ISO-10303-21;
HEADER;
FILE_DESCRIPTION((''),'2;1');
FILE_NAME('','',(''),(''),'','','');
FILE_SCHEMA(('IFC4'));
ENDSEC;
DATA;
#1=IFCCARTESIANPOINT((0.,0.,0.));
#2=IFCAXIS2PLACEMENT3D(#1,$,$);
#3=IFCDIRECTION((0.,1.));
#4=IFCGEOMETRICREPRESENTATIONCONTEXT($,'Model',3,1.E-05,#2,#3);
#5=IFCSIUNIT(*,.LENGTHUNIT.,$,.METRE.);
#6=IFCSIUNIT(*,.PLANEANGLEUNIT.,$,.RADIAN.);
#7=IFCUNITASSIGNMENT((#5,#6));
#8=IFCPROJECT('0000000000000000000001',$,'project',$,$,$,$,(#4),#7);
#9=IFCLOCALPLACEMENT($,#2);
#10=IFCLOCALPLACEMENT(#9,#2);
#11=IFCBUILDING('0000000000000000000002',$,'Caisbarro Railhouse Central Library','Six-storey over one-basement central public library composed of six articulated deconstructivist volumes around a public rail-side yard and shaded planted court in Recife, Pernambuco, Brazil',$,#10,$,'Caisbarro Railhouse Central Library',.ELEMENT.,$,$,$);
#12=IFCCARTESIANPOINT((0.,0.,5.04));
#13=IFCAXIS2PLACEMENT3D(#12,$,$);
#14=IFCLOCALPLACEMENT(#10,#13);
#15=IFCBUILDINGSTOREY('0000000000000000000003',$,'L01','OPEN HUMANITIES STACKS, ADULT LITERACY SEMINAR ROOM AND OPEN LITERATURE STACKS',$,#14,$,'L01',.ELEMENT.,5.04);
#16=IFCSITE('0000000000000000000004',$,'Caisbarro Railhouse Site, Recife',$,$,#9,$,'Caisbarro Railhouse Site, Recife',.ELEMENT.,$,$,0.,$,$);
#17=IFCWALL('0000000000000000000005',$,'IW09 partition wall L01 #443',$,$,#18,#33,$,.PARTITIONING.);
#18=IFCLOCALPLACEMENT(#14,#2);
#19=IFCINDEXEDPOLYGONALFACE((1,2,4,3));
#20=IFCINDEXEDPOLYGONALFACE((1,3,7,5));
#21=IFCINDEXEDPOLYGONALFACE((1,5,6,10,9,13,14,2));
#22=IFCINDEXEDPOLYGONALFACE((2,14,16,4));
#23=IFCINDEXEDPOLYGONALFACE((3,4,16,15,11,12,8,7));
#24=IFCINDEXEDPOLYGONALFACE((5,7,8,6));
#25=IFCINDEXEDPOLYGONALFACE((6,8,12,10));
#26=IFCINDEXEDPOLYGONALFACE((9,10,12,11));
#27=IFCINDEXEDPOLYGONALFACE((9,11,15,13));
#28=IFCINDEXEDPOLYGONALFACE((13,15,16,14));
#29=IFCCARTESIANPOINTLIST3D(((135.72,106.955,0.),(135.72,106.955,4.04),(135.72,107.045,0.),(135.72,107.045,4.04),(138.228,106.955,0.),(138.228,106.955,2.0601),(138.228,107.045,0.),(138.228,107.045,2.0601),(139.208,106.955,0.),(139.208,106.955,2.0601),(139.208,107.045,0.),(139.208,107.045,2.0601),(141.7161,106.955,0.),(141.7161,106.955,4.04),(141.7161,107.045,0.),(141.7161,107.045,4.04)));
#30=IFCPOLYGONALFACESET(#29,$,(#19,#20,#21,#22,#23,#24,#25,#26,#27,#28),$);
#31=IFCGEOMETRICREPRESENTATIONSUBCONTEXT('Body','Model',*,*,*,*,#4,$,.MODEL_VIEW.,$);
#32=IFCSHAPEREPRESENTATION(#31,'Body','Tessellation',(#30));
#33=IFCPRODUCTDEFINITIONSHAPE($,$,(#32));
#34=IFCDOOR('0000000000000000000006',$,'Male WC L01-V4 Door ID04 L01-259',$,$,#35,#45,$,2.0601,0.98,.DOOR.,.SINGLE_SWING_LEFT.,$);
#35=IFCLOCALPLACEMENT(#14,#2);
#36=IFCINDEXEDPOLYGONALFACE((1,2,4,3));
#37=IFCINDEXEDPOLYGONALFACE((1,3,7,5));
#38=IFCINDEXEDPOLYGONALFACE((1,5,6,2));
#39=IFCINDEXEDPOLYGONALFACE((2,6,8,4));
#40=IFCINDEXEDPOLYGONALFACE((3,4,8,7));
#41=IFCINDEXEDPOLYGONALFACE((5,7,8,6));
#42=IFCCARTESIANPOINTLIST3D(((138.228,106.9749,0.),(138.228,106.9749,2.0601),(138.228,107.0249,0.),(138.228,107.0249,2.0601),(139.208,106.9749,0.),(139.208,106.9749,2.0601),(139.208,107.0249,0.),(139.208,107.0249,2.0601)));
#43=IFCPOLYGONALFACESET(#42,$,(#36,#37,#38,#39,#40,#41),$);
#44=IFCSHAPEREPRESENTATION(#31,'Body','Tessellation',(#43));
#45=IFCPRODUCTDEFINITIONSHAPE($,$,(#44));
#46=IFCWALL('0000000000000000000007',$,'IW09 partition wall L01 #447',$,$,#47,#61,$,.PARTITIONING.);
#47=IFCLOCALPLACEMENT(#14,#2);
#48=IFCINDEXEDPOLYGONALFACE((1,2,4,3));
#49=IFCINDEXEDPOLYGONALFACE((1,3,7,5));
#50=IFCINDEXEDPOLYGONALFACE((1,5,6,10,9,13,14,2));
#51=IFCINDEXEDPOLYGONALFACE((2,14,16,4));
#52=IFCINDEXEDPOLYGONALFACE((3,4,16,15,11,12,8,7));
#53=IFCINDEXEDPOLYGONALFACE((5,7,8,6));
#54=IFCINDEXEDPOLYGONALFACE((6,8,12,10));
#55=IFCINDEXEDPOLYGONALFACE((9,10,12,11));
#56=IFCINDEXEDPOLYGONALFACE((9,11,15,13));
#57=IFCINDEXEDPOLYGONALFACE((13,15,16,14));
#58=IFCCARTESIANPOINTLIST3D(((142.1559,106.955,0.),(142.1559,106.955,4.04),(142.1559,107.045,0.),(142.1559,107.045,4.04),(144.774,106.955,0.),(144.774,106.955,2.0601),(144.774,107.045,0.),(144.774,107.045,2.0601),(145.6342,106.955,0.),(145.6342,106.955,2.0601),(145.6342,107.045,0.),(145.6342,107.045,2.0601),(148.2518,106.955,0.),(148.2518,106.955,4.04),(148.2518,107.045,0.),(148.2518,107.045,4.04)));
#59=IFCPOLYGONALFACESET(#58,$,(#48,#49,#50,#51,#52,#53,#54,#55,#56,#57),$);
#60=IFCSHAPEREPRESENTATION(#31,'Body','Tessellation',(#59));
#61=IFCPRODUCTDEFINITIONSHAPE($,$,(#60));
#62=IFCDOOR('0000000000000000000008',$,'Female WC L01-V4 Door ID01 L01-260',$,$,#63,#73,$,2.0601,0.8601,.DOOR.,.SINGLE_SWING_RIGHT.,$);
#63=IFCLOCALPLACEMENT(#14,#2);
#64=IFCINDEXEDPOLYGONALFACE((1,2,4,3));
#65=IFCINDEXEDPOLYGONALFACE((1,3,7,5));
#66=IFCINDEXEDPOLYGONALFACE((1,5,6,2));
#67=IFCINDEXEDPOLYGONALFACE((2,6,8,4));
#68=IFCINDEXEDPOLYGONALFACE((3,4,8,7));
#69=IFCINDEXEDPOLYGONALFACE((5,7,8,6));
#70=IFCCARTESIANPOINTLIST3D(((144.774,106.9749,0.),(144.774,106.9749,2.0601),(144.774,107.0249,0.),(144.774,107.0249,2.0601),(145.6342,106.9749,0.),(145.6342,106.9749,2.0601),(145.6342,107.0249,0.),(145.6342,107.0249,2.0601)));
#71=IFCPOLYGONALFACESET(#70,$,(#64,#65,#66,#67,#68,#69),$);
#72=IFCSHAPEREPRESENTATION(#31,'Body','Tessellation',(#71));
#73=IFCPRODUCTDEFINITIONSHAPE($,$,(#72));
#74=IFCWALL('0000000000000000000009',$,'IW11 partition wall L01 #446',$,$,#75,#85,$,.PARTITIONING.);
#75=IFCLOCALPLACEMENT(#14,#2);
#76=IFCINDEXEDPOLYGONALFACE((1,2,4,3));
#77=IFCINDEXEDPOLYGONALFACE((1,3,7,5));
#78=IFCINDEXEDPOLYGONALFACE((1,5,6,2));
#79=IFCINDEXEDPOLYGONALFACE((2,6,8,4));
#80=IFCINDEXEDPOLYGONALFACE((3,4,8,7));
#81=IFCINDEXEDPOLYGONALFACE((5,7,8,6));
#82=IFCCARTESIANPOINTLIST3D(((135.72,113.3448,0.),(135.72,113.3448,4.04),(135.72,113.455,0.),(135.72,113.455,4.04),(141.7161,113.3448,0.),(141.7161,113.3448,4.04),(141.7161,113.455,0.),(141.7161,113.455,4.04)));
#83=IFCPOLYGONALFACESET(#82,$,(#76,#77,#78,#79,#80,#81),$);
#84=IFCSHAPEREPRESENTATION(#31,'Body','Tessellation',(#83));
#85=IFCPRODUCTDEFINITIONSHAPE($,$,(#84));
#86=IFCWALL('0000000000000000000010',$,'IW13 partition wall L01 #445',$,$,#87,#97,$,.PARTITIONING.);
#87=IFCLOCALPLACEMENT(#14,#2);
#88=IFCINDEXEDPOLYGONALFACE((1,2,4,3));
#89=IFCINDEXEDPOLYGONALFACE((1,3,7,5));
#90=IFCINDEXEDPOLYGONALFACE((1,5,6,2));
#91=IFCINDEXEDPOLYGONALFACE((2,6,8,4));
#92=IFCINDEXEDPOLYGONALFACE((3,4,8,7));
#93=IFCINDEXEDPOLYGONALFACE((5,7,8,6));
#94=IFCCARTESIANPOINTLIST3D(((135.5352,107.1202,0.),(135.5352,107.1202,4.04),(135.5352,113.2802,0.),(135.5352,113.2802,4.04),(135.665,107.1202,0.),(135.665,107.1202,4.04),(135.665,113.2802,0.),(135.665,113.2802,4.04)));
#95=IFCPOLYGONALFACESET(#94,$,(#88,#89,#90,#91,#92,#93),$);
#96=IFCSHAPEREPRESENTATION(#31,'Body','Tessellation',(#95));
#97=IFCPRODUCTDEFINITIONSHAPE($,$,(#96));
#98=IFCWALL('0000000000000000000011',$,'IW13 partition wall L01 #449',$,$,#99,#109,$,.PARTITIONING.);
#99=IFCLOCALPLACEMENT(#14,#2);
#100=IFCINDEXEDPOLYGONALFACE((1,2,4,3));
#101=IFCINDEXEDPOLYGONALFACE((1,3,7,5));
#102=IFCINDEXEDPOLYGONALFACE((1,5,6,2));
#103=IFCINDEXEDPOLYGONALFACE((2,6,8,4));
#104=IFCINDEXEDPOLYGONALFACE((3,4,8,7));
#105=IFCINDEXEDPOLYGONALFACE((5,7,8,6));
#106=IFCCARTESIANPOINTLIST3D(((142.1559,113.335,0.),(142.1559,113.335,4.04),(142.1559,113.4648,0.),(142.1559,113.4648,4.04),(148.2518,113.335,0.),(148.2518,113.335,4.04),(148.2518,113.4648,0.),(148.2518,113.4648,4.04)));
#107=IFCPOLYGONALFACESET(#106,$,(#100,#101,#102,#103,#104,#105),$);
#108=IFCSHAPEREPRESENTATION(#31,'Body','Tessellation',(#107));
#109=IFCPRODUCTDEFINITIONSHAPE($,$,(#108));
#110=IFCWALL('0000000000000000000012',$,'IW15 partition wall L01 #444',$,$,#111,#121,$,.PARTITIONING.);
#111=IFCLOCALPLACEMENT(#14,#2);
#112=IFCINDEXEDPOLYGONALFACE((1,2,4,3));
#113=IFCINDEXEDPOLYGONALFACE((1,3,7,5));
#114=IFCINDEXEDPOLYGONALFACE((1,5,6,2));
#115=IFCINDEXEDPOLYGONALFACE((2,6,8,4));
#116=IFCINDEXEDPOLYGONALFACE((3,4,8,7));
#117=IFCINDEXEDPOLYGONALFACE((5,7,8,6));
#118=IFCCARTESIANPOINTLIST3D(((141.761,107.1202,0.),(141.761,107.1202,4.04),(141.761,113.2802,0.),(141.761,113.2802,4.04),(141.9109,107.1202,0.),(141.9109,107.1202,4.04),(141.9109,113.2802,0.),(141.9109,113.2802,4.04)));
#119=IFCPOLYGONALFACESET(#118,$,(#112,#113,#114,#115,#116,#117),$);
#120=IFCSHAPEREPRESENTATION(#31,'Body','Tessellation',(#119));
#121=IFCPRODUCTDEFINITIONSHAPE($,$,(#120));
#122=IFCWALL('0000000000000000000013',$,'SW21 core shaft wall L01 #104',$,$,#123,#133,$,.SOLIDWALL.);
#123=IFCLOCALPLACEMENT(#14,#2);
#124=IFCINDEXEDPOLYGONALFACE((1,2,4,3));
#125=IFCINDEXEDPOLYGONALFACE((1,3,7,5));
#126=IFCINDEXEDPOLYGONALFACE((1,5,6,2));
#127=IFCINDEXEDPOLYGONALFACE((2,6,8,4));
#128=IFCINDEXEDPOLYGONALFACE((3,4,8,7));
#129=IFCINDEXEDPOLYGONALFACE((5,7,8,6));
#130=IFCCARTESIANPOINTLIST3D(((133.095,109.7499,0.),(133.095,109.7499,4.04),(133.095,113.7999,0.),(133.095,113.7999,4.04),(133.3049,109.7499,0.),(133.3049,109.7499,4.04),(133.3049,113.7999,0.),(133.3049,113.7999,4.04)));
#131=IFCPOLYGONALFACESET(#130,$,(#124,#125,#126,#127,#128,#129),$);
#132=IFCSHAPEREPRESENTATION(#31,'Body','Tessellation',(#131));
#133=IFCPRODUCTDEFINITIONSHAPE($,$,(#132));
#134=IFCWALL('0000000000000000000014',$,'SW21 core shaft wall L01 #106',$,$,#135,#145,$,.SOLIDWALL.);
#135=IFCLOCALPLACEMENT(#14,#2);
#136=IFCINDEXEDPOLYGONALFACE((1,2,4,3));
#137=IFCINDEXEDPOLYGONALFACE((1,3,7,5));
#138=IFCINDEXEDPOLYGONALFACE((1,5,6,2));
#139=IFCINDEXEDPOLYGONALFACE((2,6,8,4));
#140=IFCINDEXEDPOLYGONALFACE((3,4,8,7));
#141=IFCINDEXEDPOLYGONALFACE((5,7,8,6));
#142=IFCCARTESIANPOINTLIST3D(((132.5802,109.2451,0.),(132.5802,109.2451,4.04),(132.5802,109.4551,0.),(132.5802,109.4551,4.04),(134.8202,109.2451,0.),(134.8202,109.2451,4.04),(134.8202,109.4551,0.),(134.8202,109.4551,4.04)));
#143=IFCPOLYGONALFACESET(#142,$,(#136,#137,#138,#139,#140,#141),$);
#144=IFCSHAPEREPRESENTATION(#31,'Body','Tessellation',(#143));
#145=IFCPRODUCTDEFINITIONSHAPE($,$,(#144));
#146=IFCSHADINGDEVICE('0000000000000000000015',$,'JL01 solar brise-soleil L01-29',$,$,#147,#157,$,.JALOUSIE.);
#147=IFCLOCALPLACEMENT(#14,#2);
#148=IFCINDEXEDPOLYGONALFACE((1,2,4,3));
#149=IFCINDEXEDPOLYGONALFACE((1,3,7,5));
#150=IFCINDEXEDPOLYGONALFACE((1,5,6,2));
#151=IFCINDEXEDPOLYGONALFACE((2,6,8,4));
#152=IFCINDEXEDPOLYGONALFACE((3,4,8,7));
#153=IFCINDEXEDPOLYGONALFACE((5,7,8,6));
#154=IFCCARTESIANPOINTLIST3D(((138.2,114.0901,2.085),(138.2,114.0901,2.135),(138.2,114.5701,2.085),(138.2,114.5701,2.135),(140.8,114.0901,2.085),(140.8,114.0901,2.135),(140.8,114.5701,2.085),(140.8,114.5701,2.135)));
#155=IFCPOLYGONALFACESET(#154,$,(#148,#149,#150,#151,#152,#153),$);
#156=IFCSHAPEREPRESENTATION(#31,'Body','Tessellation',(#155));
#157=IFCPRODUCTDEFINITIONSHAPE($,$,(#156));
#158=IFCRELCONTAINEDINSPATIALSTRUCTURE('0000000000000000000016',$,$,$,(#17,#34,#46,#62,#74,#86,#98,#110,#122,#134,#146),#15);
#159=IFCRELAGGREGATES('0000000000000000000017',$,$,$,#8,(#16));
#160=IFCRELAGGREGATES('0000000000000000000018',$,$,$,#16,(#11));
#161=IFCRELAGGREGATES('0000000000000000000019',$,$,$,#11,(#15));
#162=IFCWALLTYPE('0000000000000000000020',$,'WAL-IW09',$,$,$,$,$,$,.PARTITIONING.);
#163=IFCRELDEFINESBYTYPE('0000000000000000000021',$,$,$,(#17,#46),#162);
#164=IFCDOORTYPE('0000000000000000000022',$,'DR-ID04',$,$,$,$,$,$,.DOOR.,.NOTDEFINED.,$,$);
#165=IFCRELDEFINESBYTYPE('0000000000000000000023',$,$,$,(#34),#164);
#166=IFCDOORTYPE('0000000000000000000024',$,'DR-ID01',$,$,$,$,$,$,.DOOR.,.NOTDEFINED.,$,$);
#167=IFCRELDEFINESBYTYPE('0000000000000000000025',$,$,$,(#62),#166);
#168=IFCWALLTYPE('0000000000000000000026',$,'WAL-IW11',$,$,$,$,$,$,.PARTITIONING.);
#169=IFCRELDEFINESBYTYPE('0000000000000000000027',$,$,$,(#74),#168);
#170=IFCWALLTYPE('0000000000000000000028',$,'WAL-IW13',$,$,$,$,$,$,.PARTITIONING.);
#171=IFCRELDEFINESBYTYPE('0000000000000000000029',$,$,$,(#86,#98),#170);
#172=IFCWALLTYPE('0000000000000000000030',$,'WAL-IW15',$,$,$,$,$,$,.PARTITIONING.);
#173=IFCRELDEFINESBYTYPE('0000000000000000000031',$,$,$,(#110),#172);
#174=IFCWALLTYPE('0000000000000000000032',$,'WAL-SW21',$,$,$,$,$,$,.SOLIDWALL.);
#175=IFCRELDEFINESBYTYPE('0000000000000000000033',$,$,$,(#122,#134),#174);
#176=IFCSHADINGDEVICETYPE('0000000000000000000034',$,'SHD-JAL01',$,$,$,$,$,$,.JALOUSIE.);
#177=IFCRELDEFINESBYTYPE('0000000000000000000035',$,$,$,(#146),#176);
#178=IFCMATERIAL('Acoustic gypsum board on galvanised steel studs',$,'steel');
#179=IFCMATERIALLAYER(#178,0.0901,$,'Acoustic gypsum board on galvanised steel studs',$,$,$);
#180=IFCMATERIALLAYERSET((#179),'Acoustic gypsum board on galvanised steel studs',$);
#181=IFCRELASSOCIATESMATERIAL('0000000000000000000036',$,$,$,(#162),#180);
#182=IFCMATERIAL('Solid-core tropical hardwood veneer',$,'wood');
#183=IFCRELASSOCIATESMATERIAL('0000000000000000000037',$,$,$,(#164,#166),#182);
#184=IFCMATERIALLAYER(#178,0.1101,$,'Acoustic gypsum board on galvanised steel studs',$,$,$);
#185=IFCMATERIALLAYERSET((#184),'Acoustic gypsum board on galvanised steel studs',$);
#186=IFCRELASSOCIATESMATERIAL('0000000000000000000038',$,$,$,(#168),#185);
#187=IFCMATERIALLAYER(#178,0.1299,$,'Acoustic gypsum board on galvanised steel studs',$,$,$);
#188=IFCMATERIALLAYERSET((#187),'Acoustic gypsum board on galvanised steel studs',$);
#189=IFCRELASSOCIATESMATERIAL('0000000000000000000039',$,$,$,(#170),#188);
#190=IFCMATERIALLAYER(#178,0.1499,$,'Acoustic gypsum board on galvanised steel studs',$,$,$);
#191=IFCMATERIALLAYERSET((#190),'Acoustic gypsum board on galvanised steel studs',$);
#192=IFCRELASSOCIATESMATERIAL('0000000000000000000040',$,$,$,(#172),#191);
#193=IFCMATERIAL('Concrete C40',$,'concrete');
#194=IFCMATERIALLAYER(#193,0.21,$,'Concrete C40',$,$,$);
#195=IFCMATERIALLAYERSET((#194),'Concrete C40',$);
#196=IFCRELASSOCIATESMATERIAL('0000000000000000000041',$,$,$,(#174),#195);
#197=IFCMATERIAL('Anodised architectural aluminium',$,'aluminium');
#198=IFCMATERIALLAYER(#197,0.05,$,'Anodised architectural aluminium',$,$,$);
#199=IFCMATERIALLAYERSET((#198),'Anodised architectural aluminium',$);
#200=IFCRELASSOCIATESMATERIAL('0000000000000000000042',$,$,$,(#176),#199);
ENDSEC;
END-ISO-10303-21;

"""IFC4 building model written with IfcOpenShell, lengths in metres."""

from ifc_helpers import new_model, si_unit, direction, frame, frame_2d, origin, origin_2d, place, context, subcontext, project, spatial, rectangle, extrude, material, layer, layer_set, type_object, element, fill, save


model = new_model("IFC4")

# Units and contexts
model_context = context("Model", 3, precision=1e-05, world=origin(), true_north=direction((0.0, 1.0)))
body_context = subcontext(model_context, "Body", "Model", "MODEL_VIEW")
ifc_project = project(units=[si_unit("LENGTHUNIT", "METRE"), si_unit("PLANEANGLEUNIT", "RADIAN")], contexts=[model_context])

# Site, building, storey
site_placement = place(None, origin())
site = spatial("IfcSite", under=ifc_project, at=site_placement, Name="Caisbarro Railhouse Site, Recife", LongName="Caisbarro Railhouse Site, Recife", CompositionType="ELEMENT", RefElevation=0.0)
building_placement = place(site_placement, origin())
building = spatial("IfcBuilding", under=site, at=building_placement, Name="Caisbarro Railhouse Central Library", Description="Six-storey over one-basement central public library composed of six articulated deconstructivist volumes around a public rail-side yard and shaded planted court in Recife, Pernambuco, Brazil", LongName="Caisbarro Railhouse Central Library", CompositionType="ELEMENT")
storey_placement = place(building_placement, frame((0.0, 0.0, 5.04)))
storey = spatial("IfcBuildingStorey", under=building, at=storey_placement, Name="L01", Description="OPEN HUMANITIES STACKS, ADULT LITERACY SEMINAR ROOM AND OPEN LITERATURE STACKS", LongName="L01", CompositionType="ELEMENT", Elevation=5.04)

# Walls, openings, doors
ifc_material_1 = material(Name="Acoustic gypsum board on galvanised steel studs", Category="steel")
ifc_layer_1 = layer(ifc_material_1, 0.0901, Name="Acoustic gypsum board on galvanised steel studs")
ifc_layer_set_1 = layer_set([ifc_layer_1], Name="Acoustic gypsum board on galvanised steel studs")
wall_type_1 = type_object("IfcWallType", Name="WAL-IW09", PredefinedType="PARTITIONING", material=ifc_layer_set_1)
wall_1_placement = place(storey_placement, frame((135.72, 107.0, 0.0), z_axis=(0.0, 0.0, 1.0), x_axis=(1.0, 0.0, 0.0)))
wall_1 = element("IfcWall", 1, at=wall_1_placement, inside=storey, type_object=wall_type_1, Name="IW09 partition wall L01 #443", PredefinedType="PARTITIONING", context=body_context, shape_type="SweptSolid", body=[
    extrude(rectangle(XDim=5.9961, YDim=0.0901, at=frame_2d((2.998, 0.0))), origin(), (0.0, 0.0, 1.0), 4.04),
])
opening_1_placement = place(wall_1_placement, frame((2.5081, 0.0, 0.0)))
opening_1 = element("IfcOpeningElement", 2, at=opening_1_placement, cuts=wall_1, PredefinedType="OPENING", context=body_context, shape_type="SweptSolid", body=[
    extrude(rectangle(XDim=0.98, YDim=2.0601, at=frame_2d((0.49, 1.03))), frame((0.0, 0.0552, 0.0), z_axis=(0.0, -1.0, 0.0), x_axis=(1.0, 0.0, 0.0)), (0.0, 0.0, 1.0), 0.1101),
])
ifc_material_2 = material(Name="Solid-core tropical hardwood veneer", Category="wood")
door_type_1 = type_object("IfcDoorType", Name="DR-ID04", OperationType="NOTDEFINED", PredefinedType="DOOR", material=ifc_material_2)
door_1_placement = place(opening_1_placement, origin())
door_1 = element("IfcDoor", 3, at=door_1_placement, inside=storey, type_object=door_type_1, Name="Male WC L01-V4 Door ID04 L01-259", OperationType="SINGLE_SWING_LEFT", OverallHeight=2.0601, OverallWidth=0.98, PredefinedType="DOOR", context=body_context, shape_type="SweptSolid", body=[
    extrude(rectangle(XDim=0.98, YDim=2.0601, at=frame_2d((0.49, 1.03))), frame((0.0, 0.0249, 0.0), z_axis=(0.0, -1.0, 0.0), x_axis=(1.0, 0.0, 0.0)), (0.0, 0.0, 1.0), 0.05),
])
fill(opening_1, door_1)
wall_2_placement = place(storey_placement, frame((142.156, 107.0, 0.0), z_axis=(0.0, 0.0, 1.0), x_axis=(1.0, 0.0, 0.0)))
wall_2 = element("IfcWall", 4, at=wall_2_placement, inside=storey, type_object=wall_type_1, Name="IW09 partition wall L01 #447", PredefinedType="PARTITIONING", context=body_context, shape_type="SweptSolid", body=[
    extrude(rectangle(XDim=6.0959, YDim=0.0901, at=frame_2d((3.0479, 0.0))), origin(), (0.0, 0.0, 1.0), 4.04),
])
opening_2_placement = place(wall_2_placement, frame((2.6179, 0.0, 0.0)))
opening_2 = element("IfcOpeningElement", 5, at=opening_2_placement, cuts=wall_2, PredefinedType="OPENING", context=body_context, shape_type="SweptSolid", body=[
    extrude(rectangle(XDim=0.8601, YDim=2.0601, at=frame_2d((0.4302, 1.03))), frame((0.0, 0.0552, 0.0), z_axis=(0.0, -1.0, 0.0), x_axis=(1.0, 0.0, 0.0)), (0.0, 0.0, 1.0), 0.1101),
])
door_type_2 = type_object("IfcDoorType", Name="DR-ID01", OperationType="NOTDEFINED", PredefinedType="DOOR", material=ifc_material_2)
door_2_placement = place(opening_2_placement, origin())
door_2 = element("IfcDoor", 6, at=door_2_placement, inside=storey, type_object=door_type_2, Name="Female WC L01-V4 Door ID01 L01-260", OperationType="SINGLE_SWING_RIGHT", OverallHeight=2.0601, OverallWidth=0.8601, PredefinedType="DOOR", context=body_context, shape_type="SweptSolid", body=[
    extrude(rectangle(XDim=0.8601, YDim=2.0601, at=frame_2d((0.4302, 1.03))), frame((0.0, 0.0249, 0.0), z_axis=(0.0, -1.0, 0.0), x_axis=(1.0, 0.0, 0.0)), (0.0, 0.0, 1.0), 0.05),
])
fill(opening_2, door_2)

# Walls
ifc_layer_2 = layer(ifc_material_1, 0.1101, Name="Acoustic gypsum board on galvanised steel studs")
ifc_layer_set_2 = layer_set([ifc_layer_2], Name="Acoustic gypsum board on galvanised steel studs")
wall_type_2 = type_object("IfcWallType", Name="WAL-IW11", PredefinedType="PARTITIONING", material=ifc_layer_set_2)
wall_3_placement = place(storey_placement, frame((135.72, 113.3999, 0.0), z_axis=(0.0, 0.0, 1.0), x_axis=(1.0, 0.0, 0.0)))
element("IfcWall", 7, at=wall_3_placement, inside=storey, type_object=wall_type_2, Name="IW11 partition wall L01 #446", PredefinedType="PARTITIONING", context=body_context, shape_type="SweptSolid", body=[
    extrude(rectangle(XDim=5.9961, YDim=0.1101, at=frame_2d((2.998, 0.0))), origin(), (0.0, 0.0, 1.0), 4.04),
])
ifc_layer_3 = layer(ifc_material_1, 0.1299, Name="Acoustic gypsum board on galvanised steel studs")
ifc_layer_set_3 = layer_set([ifc_layer_3], Name="Acoustic gypsum board on galvanised steel studs")
wall_type_3 = type_object("IfcWallType", Name="WAL-IW13", PredefinedType="PARTITIONING", material=ifc_layer_set_3)
wall_4_placement = place(storey_placement, frame((135.6001, 107.1201, 0.0), z_axis=(0.0, 0.0, 1.0), x_axis=(0.0, 1.0, 0.0)))
element("IfcWall", 8, at=wall_4_placement, inside=storey, type_object=wall_type_3, Name="IW13 partition wall L01 #445", PredefinedType="PARTITIONING", context=body_context, shape_type="SweptSolid", body=[
    extrude(rectangle(XDim=6.1599, YDim=0.1299, at=frame_2d((3.0801, 0.0))), origin(), (0.0, 0.0, 1.0), 4.04),
])
wall_5_placement = place(storey_placement, frame((142.156, 113.3999, 0.0), z_axis=(0.0, 0.0, 1.0), x_axis=(1.0, 0.0, 0.0)))
element("IfcWall", 9, at=wall_5_placement, inside=storey, type_object=wall_type_3, Name="IW13 partition wall L01 #449", PredefinedType="PARTITIONING", context=body_context, shape_type="SweptSolid", body=[
    extrude(rectangle(XDim=6.0959, YDim=0.1299, at=frame_2d((3.0479, 0.0))), origin(), (0.0, 0.0, 1.0), 4.04),
])
ifc_layer_4 = layer(ifc_material_1, 0.1499, Name="Acoustic gypsum board on galvanised steel studs")
ifc_layer_set_4 = layer_set([ifc_layer_4], Name="Acoustic gypsum board on galvanised steel studs")
wall_type_4 = type_object("IfcWallType", Name="WAL-IW15", PredefinedType="PARTITIONING", material=ifc_layer_set_4)
wall_6_placement = place(storey_placement, frame((141.8359, 107.1201, 0.0), z_axis=(0.0, 0.0, 1.0), x_axis=(0.0, 1.0, 0.0)))
element("IfcWall", 10, at=wall_6_placement, inside=storey, type_object=wall_type_4, Name="IW15 partition wall L01 #444", PredefinedType="PARTITIONING", context=body_context, shape_type="SweptSolid", body=[
    extrude(rectangle(XDim=6.1599, YDim=0.1499, at=frame_2d((3.0801, 0.0))), origin(), (0.0, 0.0, 1.0), 4.04),
])
ifc_material_3 = material(Name="Concrete C40", Category="concrete")
ifc_layer_5 = layer(ifc_material_3, 0.21, Name="Concrete C40")
ifc_layer_set_5 = layer_set([ifc_layer_5], Name="Concrete C40")
wall_type_5 = type_object("IfcWallType", Name="WAL-SW21", PredefinedType="SOLIDWALL", material=ifc_layer_set_5)
wall_7_placement = place(storey_placement, frame((133.2, 109.75, 0.0), z_axis=(0.0, 0.0, 1.0), x_axis=(0.0, 1.0, 0.0)))
element("IfcWall", 11, at=wall_7_placement, inside=storey, type_object=wall_type_5, Name="SW21 core shaft wall L01 #104", PredefinedType="SOLIDWALL", context=body_context, shape_type="SweptSolid", body=[
    extrude(rectangle(XDim=4.05, YDim=0.21, at=frame_2d((2.0249, 0.0))), origin(), (0.0, 0.0, 1.0), 4.04),
])
wall_8_placement = place(storey_placement, frame((132.5801, 109.3501, 0.0), z_axis=(0.0, 0.0, 1.0), x_axis=(1.0, 0.0, 0.0)))
element("IfcWall", 12, at=wall_8_placement, inside=storey, type_object=wall_type_5, Name="SW21 core shaft wall L01 #106", PredefinedType="SOLIDWALL", context=body_context, shape_type="SweptSolid", body=[
    extrude(rectangle(XDim=2.24, YDim=0.21, at=frame_2d((1.1201, 0.0))), origin(), (0.0, 0.0, 1.0), 4.04),
])

# Shading device
ifc_material_4 = material(Name="Anodised architectural aluminium", Category="aluminium")
ifc_layer_6 = layer(ifc_material_4, 0.05, Name="Anodised architectural aluminium")
ifc_layer_set_6 = layer_set([ifc_layer_6], Name="Anodised architectural aluminium")
shading_device_type = type_object("IfcShadingDeviceType", Name="SHD-JAL01", PredefinedType="JALOUSIE", material=ifc_layer_set_6)
shading_device_placement = place(storey_placement, frame((139.5, 114.3301, 2.085), z_axis=(0.0, 0.0, 1.0), x_axis=(1.0, 0.0, 0.0)))
element("IfcShadingDevice", 13, at=shading_device_placement, inside=storey, type_object=shading_device_type, Name="JL01 solar brise-soleil L01-29", PredefinedType="JALOUSIE", context=body_context, shape_type="SweptSolid", body=[
    extrude(rectangle(XDim=2.6001, YDim=0.48, at=origin_2d()), origin(), (0.0, 0.0, 1.0), 0.05),
])

save(model, "model.ifc")
